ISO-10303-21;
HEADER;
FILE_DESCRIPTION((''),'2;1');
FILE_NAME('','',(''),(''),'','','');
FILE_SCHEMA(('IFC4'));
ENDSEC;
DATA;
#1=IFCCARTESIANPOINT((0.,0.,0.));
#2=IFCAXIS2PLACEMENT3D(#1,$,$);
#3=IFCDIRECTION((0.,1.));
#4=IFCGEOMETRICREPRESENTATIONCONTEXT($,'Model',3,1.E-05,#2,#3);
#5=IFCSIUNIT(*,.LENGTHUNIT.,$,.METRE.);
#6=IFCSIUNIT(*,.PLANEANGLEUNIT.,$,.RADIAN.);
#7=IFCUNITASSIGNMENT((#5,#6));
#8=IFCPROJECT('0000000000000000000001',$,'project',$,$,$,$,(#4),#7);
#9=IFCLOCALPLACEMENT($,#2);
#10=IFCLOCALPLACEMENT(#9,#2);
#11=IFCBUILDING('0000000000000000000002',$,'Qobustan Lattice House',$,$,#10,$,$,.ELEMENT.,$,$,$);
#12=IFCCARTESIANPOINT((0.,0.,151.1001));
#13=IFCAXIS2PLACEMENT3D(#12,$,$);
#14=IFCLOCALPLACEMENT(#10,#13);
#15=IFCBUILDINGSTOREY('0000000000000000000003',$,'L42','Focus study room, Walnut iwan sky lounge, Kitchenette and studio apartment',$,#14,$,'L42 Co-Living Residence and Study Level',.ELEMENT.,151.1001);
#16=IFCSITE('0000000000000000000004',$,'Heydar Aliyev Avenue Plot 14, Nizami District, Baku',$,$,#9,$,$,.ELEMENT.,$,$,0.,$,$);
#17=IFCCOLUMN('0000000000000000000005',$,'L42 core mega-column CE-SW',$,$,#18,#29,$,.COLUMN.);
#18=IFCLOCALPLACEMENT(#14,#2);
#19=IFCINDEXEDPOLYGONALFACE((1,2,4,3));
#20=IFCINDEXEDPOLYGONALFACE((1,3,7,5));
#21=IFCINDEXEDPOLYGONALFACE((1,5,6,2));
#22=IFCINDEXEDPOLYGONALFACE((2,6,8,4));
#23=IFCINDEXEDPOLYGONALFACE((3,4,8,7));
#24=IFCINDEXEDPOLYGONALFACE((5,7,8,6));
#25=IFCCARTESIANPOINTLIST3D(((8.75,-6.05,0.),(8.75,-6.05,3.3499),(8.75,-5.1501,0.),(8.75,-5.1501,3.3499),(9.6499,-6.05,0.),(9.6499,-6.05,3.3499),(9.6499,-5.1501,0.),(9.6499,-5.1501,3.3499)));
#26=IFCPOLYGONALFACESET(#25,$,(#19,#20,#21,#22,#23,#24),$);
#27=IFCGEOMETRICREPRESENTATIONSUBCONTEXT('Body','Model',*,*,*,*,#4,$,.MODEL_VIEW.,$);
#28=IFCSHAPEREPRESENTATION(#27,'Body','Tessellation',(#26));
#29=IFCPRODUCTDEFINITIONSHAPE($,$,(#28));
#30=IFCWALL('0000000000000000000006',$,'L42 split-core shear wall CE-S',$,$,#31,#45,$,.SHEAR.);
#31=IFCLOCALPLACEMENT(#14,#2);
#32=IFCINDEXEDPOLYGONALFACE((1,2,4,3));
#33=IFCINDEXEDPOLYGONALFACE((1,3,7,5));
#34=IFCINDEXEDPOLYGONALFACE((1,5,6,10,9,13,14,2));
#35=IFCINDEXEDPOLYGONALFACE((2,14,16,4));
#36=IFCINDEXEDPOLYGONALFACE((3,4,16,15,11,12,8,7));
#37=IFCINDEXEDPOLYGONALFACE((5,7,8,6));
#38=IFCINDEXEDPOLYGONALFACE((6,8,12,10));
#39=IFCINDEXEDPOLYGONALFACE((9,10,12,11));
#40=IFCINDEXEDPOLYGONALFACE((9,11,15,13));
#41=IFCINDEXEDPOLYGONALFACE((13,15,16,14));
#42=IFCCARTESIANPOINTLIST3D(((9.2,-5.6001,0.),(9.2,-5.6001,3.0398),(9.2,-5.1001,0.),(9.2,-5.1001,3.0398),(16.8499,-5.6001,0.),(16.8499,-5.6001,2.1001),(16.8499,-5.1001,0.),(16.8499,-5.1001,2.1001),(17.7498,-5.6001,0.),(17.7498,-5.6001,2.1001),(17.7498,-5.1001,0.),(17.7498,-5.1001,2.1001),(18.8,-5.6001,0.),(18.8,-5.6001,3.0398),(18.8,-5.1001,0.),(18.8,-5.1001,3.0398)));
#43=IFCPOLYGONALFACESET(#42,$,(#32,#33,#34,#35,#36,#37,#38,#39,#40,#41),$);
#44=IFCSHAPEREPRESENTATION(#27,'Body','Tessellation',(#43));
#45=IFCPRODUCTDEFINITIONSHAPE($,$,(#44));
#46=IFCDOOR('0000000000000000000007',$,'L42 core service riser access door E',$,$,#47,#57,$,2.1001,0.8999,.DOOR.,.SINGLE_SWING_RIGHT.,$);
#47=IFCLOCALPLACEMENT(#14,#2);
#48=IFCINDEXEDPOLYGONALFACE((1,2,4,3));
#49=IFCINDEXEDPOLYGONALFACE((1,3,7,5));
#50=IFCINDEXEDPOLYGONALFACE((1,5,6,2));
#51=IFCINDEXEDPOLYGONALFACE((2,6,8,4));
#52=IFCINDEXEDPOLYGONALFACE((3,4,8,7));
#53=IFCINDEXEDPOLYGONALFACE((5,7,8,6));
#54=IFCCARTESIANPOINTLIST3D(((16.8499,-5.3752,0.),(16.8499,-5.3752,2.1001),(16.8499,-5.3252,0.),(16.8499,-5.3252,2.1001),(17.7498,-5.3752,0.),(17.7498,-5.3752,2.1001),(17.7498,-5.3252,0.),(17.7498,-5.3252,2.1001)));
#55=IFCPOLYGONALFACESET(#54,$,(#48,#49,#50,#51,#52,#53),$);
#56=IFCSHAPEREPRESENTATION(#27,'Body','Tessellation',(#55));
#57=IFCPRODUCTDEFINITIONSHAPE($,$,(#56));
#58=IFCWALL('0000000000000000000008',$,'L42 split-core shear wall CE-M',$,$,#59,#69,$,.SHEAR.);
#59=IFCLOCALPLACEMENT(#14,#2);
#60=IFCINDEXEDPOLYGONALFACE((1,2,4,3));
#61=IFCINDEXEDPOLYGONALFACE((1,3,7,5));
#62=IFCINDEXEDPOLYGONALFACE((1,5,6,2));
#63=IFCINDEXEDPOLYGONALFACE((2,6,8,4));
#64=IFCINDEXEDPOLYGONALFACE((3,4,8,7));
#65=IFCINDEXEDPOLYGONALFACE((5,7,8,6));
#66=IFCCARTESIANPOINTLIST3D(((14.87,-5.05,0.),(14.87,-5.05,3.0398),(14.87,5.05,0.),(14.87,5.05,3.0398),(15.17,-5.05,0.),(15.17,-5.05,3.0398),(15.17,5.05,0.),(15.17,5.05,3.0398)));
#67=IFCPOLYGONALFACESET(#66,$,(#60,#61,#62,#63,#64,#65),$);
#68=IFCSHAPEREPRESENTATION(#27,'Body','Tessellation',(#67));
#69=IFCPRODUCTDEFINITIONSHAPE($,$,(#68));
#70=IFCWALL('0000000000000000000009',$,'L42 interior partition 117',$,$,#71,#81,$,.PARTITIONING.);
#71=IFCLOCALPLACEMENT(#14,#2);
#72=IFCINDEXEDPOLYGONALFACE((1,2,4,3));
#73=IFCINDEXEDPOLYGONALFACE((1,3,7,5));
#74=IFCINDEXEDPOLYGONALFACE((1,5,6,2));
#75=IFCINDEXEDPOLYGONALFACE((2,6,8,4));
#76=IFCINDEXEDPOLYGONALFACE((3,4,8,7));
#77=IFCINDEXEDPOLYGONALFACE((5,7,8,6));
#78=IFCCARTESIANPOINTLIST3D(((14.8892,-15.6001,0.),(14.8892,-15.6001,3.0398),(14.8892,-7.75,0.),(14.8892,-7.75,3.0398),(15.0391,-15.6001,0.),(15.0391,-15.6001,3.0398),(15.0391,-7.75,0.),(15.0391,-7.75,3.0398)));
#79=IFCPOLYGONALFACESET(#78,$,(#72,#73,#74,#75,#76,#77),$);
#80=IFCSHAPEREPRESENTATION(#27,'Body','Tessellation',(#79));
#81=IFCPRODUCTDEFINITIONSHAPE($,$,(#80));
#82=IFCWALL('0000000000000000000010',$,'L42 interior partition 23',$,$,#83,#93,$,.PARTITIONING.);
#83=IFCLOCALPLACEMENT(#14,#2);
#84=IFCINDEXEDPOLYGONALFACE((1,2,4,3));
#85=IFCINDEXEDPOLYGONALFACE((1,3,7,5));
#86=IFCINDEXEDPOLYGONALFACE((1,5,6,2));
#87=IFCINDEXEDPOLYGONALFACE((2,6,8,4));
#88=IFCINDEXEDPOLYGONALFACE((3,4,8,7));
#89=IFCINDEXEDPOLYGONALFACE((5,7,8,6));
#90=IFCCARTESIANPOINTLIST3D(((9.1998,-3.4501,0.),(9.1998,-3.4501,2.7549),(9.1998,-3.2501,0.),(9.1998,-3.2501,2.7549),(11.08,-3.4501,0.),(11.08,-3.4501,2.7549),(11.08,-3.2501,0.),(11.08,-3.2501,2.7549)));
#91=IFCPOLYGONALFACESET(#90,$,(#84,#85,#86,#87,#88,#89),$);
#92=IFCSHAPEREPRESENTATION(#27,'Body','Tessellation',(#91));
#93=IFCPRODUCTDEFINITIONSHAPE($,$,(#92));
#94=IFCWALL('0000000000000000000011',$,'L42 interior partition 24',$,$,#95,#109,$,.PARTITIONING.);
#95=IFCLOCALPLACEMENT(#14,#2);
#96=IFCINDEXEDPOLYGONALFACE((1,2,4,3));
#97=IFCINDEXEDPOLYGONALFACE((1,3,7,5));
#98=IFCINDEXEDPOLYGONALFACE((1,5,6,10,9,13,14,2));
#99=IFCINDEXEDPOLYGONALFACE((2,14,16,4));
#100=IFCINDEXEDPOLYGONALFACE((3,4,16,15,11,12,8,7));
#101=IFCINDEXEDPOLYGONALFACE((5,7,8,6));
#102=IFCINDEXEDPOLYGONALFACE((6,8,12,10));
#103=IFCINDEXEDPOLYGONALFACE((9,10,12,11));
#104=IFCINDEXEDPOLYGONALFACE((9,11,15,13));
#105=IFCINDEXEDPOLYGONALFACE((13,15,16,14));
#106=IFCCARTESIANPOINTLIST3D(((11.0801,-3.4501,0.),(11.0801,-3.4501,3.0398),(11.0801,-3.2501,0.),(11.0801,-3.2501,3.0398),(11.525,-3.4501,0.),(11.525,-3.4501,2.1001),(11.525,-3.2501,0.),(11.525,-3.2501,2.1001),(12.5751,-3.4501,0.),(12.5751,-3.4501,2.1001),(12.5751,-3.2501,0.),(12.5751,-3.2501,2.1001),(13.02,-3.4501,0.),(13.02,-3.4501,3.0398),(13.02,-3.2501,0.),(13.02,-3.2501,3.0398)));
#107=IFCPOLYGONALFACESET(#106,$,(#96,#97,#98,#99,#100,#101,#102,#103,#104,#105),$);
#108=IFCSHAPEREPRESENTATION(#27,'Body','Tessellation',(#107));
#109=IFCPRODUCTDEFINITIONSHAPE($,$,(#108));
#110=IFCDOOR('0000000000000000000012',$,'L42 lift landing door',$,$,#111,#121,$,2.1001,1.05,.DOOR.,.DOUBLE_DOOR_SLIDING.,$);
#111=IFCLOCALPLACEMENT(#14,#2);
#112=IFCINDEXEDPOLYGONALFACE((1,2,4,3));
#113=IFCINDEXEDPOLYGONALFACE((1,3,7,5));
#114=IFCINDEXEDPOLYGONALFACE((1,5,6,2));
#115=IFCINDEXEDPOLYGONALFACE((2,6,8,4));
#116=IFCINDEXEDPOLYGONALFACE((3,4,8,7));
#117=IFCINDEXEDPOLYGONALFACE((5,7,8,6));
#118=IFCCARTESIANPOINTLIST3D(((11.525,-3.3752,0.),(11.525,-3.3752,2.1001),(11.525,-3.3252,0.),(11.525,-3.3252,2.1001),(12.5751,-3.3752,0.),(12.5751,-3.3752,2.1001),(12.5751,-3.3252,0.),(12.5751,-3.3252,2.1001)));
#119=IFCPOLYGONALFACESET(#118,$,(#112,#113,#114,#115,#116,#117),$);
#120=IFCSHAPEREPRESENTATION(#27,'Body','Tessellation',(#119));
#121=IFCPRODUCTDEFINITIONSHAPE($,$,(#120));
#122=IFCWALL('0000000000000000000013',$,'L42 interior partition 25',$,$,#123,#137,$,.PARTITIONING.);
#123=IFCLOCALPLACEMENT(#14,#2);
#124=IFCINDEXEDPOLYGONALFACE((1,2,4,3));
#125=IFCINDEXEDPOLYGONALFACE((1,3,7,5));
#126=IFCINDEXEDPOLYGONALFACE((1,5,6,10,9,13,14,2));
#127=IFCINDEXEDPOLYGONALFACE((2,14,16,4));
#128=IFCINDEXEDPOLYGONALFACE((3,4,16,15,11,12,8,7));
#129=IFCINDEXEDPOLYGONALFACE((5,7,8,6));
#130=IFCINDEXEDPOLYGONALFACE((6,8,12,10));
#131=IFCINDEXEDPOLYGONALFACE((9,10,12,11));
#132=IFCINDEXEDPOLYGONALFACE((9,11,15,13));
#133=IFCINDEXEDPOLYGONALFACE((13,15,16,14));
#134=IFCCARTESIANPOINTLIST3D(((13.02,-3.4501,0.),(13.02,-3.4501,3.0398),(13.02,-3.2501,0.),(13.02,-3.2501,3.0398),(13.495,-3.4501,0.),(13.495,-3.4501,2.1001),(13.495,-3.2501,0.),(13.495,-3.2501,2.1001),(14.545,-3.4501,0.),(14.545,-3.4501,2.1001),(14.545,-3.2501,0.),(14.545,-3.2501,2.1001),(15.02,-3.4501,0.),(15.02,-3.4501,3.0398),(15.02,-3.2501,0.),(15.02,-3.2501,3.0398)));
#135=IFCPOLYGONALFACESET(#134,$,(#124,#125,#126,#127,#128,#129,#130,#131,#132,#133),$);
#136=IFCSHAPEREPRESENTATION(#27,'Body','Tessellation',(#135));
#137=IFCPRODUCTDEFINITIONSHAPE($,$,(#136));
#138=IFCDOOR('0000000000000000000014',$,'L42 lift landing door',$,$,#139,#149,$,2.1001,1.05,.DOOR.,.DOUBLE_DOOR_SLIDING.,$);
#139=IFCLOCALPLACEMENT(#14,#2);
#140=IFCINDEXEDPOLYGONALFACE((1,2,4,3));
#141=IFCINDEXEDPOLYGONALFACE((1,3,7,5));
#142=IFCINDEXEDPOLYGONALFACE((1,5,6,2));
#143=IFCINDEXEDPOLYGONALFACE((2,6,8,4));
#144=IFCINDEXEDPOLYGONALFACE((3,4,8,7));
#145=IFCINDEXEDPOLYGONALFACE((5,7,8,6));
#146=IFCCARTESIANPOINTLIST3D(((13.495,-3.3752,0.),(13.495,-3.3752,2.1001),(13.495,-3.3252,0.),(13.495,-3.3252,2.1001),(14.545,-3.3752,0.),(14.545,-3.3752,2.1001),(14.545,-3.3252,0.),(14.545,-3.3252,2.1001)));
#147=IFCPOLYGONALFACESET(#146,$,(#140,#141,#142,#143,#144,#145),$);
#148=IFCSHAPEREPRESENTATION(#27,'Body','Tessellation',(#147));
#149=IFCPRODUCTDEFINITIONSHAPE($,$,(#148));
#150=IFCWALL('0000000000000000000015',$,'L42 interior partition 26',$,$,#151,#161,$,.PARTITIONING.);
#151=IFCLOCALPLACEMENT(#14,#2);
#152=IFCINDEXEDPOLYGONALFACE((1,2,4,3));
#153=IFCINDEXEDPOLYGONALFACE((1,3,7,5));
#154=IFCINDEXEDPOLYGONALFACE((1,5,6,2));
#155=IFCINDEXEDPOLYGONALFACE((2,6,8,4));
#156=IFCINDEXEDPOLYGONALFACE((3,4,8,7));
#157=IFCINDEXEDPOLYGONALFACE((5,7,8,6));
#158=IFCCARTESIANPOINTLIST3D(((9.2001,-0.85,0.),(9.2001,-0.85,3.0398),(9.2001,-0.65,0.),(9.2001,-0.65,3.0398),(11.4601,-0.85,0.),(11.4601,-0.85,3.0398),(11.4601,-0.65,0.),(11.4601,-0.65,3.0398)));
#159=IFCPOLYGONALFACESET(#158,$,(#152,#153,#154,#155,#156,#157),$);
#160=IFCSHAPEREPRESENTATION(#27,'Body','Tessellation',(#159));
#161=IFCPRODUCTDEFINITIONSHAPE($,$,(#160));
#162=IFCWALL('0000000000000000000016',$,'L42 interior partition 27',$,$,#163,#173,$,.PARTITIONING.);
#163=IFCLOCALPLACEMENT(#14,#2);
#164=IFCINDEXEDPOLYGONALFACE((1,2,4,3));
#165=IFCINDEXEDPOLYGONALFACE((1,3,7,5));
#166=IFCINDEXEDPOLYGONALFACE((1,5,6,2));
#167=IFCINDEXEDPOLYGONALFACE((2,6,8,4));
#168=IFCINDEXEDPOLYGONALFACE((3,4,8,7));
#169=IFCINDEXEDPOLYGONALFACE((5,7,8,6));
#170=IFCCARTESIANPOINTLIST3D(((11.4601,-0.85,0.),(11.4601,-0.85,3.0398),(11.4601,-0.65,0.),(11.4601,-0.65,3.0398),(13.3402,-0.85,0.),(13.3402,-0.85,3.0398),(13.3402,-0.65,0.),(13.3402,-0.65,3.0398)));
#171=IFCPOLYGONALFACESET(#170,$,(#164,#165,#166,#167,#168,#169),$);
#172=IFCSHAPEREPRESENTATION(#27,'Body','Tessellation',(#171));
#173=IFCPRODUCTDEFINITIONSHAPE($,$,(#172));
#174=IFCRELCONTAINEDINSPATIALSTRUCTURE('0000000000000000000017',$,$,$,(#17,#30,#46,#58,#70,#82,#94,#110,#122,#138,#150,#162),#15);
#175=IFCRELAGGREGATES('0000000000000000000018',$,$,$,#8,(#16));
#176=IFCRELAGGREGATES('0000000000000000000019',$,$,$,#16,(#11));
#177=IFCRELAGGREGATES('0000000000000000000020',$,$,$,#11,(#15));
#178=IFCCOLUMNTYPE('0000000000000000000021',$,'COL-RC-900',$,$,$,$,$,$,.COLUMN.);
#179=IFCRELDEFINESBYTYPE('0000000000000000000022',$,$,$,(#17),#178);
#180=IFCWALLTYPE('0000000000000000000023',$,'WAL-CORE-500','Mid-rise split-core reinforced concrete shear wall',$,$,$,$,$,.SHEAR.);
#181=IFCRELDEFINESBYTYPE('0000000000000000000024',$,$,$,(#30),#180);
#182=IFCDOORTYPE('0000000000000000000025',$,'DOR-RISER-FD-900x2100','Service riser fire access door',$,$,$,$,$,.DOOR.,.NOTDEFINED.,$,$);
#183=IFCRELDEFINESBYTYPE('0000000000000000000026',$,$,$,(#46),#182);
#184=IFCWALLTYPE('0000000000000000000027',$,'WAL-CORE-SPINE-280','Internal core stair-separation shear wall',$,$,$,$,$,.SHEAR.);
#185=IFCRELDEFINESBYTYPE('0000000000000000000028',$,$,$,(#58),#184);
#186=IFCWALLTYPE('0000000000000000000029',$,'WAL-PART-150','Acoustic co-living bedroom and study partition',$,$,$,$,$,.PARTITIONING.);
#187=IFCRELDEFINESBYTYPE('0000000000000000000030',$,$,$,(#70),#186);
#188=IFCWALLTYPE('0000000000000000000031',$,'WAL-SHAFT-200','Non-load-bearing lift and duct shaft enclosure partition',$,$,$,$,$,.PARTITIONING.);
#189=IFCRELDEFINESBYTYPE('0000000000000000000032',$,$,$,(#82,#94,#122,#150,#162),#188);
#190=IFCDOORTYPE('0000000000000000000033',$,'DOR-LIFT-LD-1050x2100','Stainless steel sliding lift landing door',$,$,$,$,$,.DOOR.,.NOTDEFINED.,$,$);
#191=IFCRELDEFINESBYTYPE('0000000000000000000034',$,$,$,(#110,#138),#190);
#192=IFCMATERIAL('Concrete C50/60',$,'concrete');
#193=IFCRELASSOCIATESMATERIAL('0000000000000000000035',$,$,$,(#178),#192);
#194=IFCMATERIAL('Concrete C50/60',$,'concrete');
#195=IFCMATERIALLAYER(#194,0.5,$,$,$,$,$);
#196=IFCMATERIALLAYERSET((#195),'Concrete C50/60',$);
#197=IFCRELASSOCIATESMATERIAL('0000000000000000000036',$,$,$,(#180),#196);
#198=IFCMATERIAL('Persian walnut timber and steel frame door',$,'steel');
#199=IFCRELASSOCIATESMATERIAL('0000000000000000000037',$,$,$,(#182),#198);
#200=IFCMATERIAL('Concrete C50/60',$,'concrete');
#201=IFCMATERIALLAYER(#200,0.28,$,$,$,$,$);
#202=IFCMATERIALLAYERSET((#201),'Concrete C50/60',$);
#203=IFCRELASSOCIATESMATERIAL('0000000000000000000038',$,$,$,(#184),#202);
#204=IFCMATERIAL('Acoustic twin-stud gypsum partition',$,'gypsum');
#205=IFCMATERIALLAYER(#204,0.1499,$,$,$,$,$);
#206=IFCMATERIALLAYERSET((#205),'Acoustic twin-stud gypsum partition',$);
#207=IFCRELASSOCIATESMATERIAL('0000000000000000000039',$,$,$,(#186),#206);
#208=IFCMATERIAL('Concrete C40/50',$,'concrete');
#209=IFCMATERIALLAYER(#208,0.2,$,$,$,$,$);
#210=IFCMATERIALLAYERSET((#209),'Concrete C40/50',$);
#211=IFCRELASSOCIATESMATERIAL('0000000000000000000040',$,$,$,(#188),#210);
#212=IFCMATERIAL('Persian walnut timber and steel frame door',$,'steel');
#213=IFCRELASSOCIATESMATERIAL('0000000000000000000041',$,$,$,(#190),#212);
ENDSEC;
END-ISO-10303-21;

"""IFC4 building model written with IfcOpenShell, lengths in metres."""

from ifc_helpers import new_model, si_unit, direction, frame, frame_2d, origin, origin_2d, place, context, subcontext, project, spatial, rectangle, extrude, material, layer, layer_set, material_profile, profile_set, type_object, element, fill, save


model = new_model("IFC4")

# Units and contexts
model_context = context("Model", 3, precision=1e-05, world=origin(), true_north=direction((0.0, 1.0)))
body_context = subcontext(model_context, "Body", "Model", "MODEL_VIEW")
ifc_project = project(units=[si_unit("LENGTHUNIT", "METRE"), si_unit("PLANEANGLEUNIT", "RADIAN")], contexts=[model_context])

# Site, building, storey
site_placement = place(None, origin())
site = spatial("IfcSite", under=ifc_project, at=site_placement, Name="Heydar Aliyev Avenue Plot 14, Nizami District, Baku", CompositionType="ELEMENT", RefElevation=0.0)
building_placement = place(site_placement, origin())
building = spatial("IfcBuilding", under=site, at=building_placement, Name="Qobustan Lattice House", CompositionType="ELEMENT")
storey_placement = place(building_placement, frame((0.0, 0.0, 151.1001)))
storey = spatial("IfcBuildingStorey", under=building, at=storey_placement, Name="L42", Description="Focus study room, Walnut iwan sky lounge, Kitchenette and studio apartment", LongName="L42 Co-Living Residence and Study Level", CompositionType="ELEMENT", Elevation=151.1001)

# Column
ifc_material_1 = material(Name="Concrete C50/60", Category="concrete")
ifc_material_profile = material_profile(ifc_material_1, rectangle(XDim=0.8999, YDim=0.8999, at=origin_2d()), Name="RC900x900")
ifc_profile_set = profile_set([ifc_material_profile], Name="Concrete C50/60")
column_type = type_object("IfcColumnType", Name="COL-RC-900", PredefinedType="COLUMN", material=ifc_profile_set)
column_placement = place(storey_placement, frame((9.2, -5.6001, 0.0), z_axis=(0.0, 0.0, 1.0), x_axis=(1.0, 0.0, 0.0)))
element("IfcColumn", 1, at=column_placement, inside=storey, type_object=column_type, Name="L42 core mega-column CE-SW", PredefinedType="COLUMN", context=body_context, shape_type="SweptSolid", body=[
    extrude(rectangle(XDim=0.8999, YDim=0.8999, at=origin_2d()), origin(), (0.0, 0.0, 1.0), 3.3499),
])

# Wall, opening, door
ifc_material_2 = material(Name="Concrete C50/60", Category="concrete")
ifc_layer_1 = layer(ifc_material_2, 0.5)
ifc_layer_set_1 = layer_set([ifc_layer_1], Name="Concrete C50/60")
wall_type_1 = type_object("IfcWallType", Name="WAL-CORE-500", Description="Mid-rise split-core reinforced concrete shear wall", PredefinedType="SHEAR", material=ifc_layer_set_1)
wall_1_placement = place(storey_placement, frame((9.2, -5.3501, 0.0), z_axis=(0.0, 0.0, 1.0), x_axis=(1.0, 0.0, 0.0)))
wall_1 = element("IfcWall", 2, at=wall_1_placement, inside=storey, type_object=wall_type_1, Name="L42 split-core shear wall CE-S", PredefinedType="SHEAR", context=body_context, shape_type="SweptSolid", body=[
    extrude(rectangle(XDim=9.6001, YDim=0.5, at=frame_2d((4.8, 0.0))), origin(), (0.0, 0.0, 1.0), 3.0398),
])
opening_1_placement = place(wall_1_placement, frame((7.6499, 0.0, 0.0)))
opening_1 = element("IfcOpeningElement", 3, at=opening_1_placement, cuts=wall_1, PredefinedType="OPENING", context=body_context, shape_type="SweptSolid", body=[
    extrude(rectangle(XDim=0.8999, YDim=2.1001, at=frame_2d((0.45, 1.05))), frame((0.0, 0.26, 0.0), z_axis=(0.0, -1.0, 0.0), x_axis=(1.0, 0.0, 0.0)), (0.0, 0.0, 1.0), 0.52),
])
ifc_material_3 = material(Name="Persian walnut timber and steel frame door", Category="steel")
door_type_1 = type_object("IfcDoorType", Name="DOR-RISER-FD-900x2100", Description="Service riser fire access door", OperationType="NOTDEFINED", PredefinedType="DOOR", material=ifc_material_3)
door_1_placement = place(opening_1_placement, origin())
door_1 = element("IfcDoor", 4, at=door_1_placement, inside=storey, type_object=door_type_1, Name="L42 core service riser access door E", OperationType="SINGLE_SWING_RIGHT", OverallHeight=2.1001, OverallWidth=0.8999, PredefinedType="DOOR", context=body_context, shape_type="SweptSolid", body=[
    extrude(rectangle(XDim=0.8999, YDim=2.1001, at=frame_2d((0.45, 1.05))), frame((0.0, 0.0249, 0.0), z_axis=(0.0, -1.0, 0.0), x_axis=(1.0, 0.0, 0.0)), (0.0, 0.0, 1.0), 0.05),
])
fill(opening_1, door_1)

# Wall
ifc_material_4 = material(Name="Concrete C50/60", Category="concrete")
ifc_layer_2 = layer(ifc_material_4, 0.28)
ifc_layer_set_2 = layer_set([ifc_layer_2], Name="Concrete C50/60")
wall_type_2 = type_object("IfcWallType", Name="WAL-CORE-SPINE-280", Description="Internal core stair-separation shear wall", PredefinedType="SHEAR", material=ifc_layer_set_2)
wall_2_placement = place(storey_placement, frame((15.02, -5.05, 0.0), z_axis=(0.0, 0.0, 1.0), x_axis=(0.0, 1.0, 0.0)))
element("IfcWall", 5, at=wall_2_placement, inside=storey, type_object=wall_type_2, Name="L42 split-core shear wall CE-M", PredefinedType="SHEAR", context=body_context, shape_type="SweptSolid", body=[
    extrude(rectangle(XDim=10.1001, YDim=0.3, at=frame_2d((5.05, 0.0))), origin(), (0.0, 0.0, 1.0), 3.0398),
])

# Walls
ifc_material_5 = material(Name="Acoustic twin-stud gypsum partition", Category="gypsum")
ifc_layer_3 = layer(ifc_material_5, 0.1499)
ifc_layer_set_3 = layer_set([ifc_layer_3], Name="Acoustic twin-stud gypsum partition")
wall_type_3 = type_object("IfcWallType", Name="WAL-PART-150", Description="Acoustic co-living bedroom and study partition", PredefinedType="PARTITIONING", material=ifc_layer_set_3)
wall_3_placement = place(storey_placement, frame((14.9641, -7.75, 0.0), z_axis=(0.0, 0.0, 1.0), x_axis=(0.0, -1.0, 0.0)))
element("IfcWall", 6, at=wall_3_placement, inside=storey, type_object=wall_type_3, Name="L42 interior partition 117", PredefinedType="PARTITIONING", context=body_context, shape_type="SweptSolid", body=[
    extrude(rectangle(XDim=7.8501, YDim=0.1499, at=frame_2d((3.925, 0.0))), origin(), (0.0, 0.0, 1.0), 3.0398),
])
ifc_material_6 = material(Name="Concrete C40/50", Category="concrete")
ifc_layer_4 = layer(ifc_material_6, 0.2)
ifc_layer_set_4 = layer_set([ifc_layer_4], Name="Concrete C40/50")
wall_type_4 = type_object("IfcWallType", Name="WAL-SHAFT-200", Description="Non-load-bearing lift and duct shaft enclosure partition", PredefinedType="PARTITIONING", material=ifc_layer_set_4)
wall_4_placement = place(storey_placement, frame((9.2, -3.3501, 0.0), z_axis=(0.0, 0.0, 1.0), x_axis=(1.0, 0.0, 0.0)))
element("IfcWall", 7, at=wall_4_placement, inside=storey, type_object=wall_type_4, Name="L42 interior partition 23", PredefinedType="PARTITIONING", context=body_context, shape_type="SweptSolid", body=[
    extrude(rectangle(XDim=1.8801, YDim=0.2, at=frame_2d((0.9399, 0.0))), origin(), (0.0, 0.0, 1.0), 2.7549),
])

# Walls, openings, doors
wall_5_placement = place(storey_placement, frame((11.0801, -3.3501, 0.0), z_axis=(0.0, 0.0, 1.0), x_axis=(1.0, 0.0, 0.0)))
wall_5 = element("IfcWall", 8, at=wall_5_placement, inside=storey, type_object=wall_type_4, Name="L42 interior partition 24", PredefinedType="PARTITIONING", context=body_context, shape_type="SweptSolid", body=[
    extrude(rectangle(XDim=1.9399, YDim=0.2, at=frame_2d((0.97, 0.0))), origin(), (0.0, 0.0, 1.0), 3.0398),
])
opening_2_placement = place(wall_5_placement, frame((0.4451, 0.0, 0.0)))
opening_2 = element("IfcOpeningElement", 9, at=opening_2_placement, cuts=wall_5, PredefinedType="OPENING", context=body_context, shape_type="SweptSolid", body=[
    extrude(rectangle(XDim=1.05, YDim=2.1001, at=frame_2d((0.5249, 1.05))), frame((0.0, 0.1099, 0.0), z_axis=(0.0, -1.0, 0.0), x_axis=(1.0, 0.0, 0.0)), (0.0, 0.0, 1.0), 0.22),
])
ifc_material_7 = material(Name="Persian walnut timber and steel frame door", Category="steel")
door_type_2 = type_object("IfcDoorType", Name="DOR-LIFT-LD-1050x2100", Description="Stainless steel sliding lift landing door", OperationType="NOTDEFINED", PredefinedType="DOOR", material=ifc_material_7)
door_2_placement = place(opening_2_placement, origin())
door_2 = element("IfcDoor", 10, at=door_2_placement, inside=storey, type_object=door_type_2, Name="L42 lift landing door", OperationType="DOUBLE_DOOR_SLIDING", OverallHeight=2.1001, OverallWidth=1.05, PredefinedType="DOOR", context=body_context, shape_type="SweptSolid", body=[
    extrude(rectangle(XDim=1.05, YDim=2.1001, at=frame_2d((0.5249, 1.05))), frame((0.0, 0.0249, 0.0), z_axis=(0.0, -1.0, 0.0), x_axis=(1.0, 0.0, 0.0)), (0.0, 0.0, 1.0), 0.05),
])
fill(opening_2, door_2)
wall_6_placement = place(storey_placement, frame((13.02, -3.3501, 0.0), z_axis=(0.0, 0.0, 1.0), x_axis=(1.0, 0.0, 0.0)))
wall_6 = element("IfcWall", 11, at=wall_6_placement, inside=storey, type_object=wall_type_4, Name="L42 interior partition 25", PredefinedType="PARTITIONING", context=body_context, shape_type="SweptSolid", body=[
    extrude(rectangle(XDim=2.0, YDim=0.2, at=frame_2d((1.0, 0.0))), origin(), (0.0, 0.0, 1.0), 3.0398),
])
opening_3_placement = place(wall_6_placement, frame((0.4751, 0.0, 0.0)))
opening_3 = element("IfcOpeningElement", 12, at=opening_3_placement, cuts=wall_6, PredefinedType="OPENING", context=body_context, shape_type="SweptSolid", body=[
    extrude(rectangle(XDim=1.05, YDim=2.1001, at=frame_2d((0.5249, 1.05))), frame((0.0, 0.1099, 0.0), z_axis=(0.0, -1.0, 0.0), x_axis=(1.0, 0.0, 0.0)), (0.0, 0.0, 1.0), 0.22),
])
door_3_placement = place(opening_3_placement, origin())
door_3 = element("IfcDoor", 13, at=door_3_placement, inside=storey, type_object=door_type_2, Name="L42 lift landing door", OperationType="DOUBLE_DOOR_SLIDING", OverallHeight=2.1001, OverallWidth=1.05, PredefinedType="DOOR", context=body_context, shape_type="SweptSolid", body=[
    extrude(rectangle(XDim=1.05, YDim=2.1001, at=frame_2d((0.5249, 1.05))), frame((0.0, 0.0249, 0.0), z_axis=(0.0, -1.0, 0.0), x_axis=(1.0, 0.0, 0.0)), (0.0, 0.0, 1.0), 0.05),
])
fill(opening_3, door_3)

# Walls
wall_7_placement = place(storey_placement, frame((11.46, -0.75, 0.0), z_axis=(0.0, 0.0, 1.0), x_axis=(-1.0, 0.0, 0.0)))
element("IfcWall", 14, at=wall_7_placement, inside=storey, type_object=wall_type_4, Name="L42 interior partition 26", PredefinedType="PARTITIONING", context=body_context, shape_type="SweptSolid", body=[
    extrude(rectangle(XDim=2.26, YDim=0.2, at=frame_2d((1.1299, 0.0))), origin(), (0.0, 0.0, 1.0), 3.0398),
])
wall_8_placement = place(storey_placement, frame((13.3401, -0.75, 0.0), z_axis=(0.0, 0.0, 1.0), x_axis=(-1.0, 0.0, 0.0)))
element("IfcWall", 15, at=wall_8_placement, inside=storey, type_object=wall_type_4, Name="L42 interior partition 27", PredefinedType="PARTITIONING", context=body_context, shape_type="SweptSolid", body=[
    extrude(rectangle(XDim=1.8801, YDim=0.2, at=frame_2d((0.9399, 0.0))), origin(), (0.0, 0.0, 1.0), 3.0398),
])

save(model, "model.ifc")
